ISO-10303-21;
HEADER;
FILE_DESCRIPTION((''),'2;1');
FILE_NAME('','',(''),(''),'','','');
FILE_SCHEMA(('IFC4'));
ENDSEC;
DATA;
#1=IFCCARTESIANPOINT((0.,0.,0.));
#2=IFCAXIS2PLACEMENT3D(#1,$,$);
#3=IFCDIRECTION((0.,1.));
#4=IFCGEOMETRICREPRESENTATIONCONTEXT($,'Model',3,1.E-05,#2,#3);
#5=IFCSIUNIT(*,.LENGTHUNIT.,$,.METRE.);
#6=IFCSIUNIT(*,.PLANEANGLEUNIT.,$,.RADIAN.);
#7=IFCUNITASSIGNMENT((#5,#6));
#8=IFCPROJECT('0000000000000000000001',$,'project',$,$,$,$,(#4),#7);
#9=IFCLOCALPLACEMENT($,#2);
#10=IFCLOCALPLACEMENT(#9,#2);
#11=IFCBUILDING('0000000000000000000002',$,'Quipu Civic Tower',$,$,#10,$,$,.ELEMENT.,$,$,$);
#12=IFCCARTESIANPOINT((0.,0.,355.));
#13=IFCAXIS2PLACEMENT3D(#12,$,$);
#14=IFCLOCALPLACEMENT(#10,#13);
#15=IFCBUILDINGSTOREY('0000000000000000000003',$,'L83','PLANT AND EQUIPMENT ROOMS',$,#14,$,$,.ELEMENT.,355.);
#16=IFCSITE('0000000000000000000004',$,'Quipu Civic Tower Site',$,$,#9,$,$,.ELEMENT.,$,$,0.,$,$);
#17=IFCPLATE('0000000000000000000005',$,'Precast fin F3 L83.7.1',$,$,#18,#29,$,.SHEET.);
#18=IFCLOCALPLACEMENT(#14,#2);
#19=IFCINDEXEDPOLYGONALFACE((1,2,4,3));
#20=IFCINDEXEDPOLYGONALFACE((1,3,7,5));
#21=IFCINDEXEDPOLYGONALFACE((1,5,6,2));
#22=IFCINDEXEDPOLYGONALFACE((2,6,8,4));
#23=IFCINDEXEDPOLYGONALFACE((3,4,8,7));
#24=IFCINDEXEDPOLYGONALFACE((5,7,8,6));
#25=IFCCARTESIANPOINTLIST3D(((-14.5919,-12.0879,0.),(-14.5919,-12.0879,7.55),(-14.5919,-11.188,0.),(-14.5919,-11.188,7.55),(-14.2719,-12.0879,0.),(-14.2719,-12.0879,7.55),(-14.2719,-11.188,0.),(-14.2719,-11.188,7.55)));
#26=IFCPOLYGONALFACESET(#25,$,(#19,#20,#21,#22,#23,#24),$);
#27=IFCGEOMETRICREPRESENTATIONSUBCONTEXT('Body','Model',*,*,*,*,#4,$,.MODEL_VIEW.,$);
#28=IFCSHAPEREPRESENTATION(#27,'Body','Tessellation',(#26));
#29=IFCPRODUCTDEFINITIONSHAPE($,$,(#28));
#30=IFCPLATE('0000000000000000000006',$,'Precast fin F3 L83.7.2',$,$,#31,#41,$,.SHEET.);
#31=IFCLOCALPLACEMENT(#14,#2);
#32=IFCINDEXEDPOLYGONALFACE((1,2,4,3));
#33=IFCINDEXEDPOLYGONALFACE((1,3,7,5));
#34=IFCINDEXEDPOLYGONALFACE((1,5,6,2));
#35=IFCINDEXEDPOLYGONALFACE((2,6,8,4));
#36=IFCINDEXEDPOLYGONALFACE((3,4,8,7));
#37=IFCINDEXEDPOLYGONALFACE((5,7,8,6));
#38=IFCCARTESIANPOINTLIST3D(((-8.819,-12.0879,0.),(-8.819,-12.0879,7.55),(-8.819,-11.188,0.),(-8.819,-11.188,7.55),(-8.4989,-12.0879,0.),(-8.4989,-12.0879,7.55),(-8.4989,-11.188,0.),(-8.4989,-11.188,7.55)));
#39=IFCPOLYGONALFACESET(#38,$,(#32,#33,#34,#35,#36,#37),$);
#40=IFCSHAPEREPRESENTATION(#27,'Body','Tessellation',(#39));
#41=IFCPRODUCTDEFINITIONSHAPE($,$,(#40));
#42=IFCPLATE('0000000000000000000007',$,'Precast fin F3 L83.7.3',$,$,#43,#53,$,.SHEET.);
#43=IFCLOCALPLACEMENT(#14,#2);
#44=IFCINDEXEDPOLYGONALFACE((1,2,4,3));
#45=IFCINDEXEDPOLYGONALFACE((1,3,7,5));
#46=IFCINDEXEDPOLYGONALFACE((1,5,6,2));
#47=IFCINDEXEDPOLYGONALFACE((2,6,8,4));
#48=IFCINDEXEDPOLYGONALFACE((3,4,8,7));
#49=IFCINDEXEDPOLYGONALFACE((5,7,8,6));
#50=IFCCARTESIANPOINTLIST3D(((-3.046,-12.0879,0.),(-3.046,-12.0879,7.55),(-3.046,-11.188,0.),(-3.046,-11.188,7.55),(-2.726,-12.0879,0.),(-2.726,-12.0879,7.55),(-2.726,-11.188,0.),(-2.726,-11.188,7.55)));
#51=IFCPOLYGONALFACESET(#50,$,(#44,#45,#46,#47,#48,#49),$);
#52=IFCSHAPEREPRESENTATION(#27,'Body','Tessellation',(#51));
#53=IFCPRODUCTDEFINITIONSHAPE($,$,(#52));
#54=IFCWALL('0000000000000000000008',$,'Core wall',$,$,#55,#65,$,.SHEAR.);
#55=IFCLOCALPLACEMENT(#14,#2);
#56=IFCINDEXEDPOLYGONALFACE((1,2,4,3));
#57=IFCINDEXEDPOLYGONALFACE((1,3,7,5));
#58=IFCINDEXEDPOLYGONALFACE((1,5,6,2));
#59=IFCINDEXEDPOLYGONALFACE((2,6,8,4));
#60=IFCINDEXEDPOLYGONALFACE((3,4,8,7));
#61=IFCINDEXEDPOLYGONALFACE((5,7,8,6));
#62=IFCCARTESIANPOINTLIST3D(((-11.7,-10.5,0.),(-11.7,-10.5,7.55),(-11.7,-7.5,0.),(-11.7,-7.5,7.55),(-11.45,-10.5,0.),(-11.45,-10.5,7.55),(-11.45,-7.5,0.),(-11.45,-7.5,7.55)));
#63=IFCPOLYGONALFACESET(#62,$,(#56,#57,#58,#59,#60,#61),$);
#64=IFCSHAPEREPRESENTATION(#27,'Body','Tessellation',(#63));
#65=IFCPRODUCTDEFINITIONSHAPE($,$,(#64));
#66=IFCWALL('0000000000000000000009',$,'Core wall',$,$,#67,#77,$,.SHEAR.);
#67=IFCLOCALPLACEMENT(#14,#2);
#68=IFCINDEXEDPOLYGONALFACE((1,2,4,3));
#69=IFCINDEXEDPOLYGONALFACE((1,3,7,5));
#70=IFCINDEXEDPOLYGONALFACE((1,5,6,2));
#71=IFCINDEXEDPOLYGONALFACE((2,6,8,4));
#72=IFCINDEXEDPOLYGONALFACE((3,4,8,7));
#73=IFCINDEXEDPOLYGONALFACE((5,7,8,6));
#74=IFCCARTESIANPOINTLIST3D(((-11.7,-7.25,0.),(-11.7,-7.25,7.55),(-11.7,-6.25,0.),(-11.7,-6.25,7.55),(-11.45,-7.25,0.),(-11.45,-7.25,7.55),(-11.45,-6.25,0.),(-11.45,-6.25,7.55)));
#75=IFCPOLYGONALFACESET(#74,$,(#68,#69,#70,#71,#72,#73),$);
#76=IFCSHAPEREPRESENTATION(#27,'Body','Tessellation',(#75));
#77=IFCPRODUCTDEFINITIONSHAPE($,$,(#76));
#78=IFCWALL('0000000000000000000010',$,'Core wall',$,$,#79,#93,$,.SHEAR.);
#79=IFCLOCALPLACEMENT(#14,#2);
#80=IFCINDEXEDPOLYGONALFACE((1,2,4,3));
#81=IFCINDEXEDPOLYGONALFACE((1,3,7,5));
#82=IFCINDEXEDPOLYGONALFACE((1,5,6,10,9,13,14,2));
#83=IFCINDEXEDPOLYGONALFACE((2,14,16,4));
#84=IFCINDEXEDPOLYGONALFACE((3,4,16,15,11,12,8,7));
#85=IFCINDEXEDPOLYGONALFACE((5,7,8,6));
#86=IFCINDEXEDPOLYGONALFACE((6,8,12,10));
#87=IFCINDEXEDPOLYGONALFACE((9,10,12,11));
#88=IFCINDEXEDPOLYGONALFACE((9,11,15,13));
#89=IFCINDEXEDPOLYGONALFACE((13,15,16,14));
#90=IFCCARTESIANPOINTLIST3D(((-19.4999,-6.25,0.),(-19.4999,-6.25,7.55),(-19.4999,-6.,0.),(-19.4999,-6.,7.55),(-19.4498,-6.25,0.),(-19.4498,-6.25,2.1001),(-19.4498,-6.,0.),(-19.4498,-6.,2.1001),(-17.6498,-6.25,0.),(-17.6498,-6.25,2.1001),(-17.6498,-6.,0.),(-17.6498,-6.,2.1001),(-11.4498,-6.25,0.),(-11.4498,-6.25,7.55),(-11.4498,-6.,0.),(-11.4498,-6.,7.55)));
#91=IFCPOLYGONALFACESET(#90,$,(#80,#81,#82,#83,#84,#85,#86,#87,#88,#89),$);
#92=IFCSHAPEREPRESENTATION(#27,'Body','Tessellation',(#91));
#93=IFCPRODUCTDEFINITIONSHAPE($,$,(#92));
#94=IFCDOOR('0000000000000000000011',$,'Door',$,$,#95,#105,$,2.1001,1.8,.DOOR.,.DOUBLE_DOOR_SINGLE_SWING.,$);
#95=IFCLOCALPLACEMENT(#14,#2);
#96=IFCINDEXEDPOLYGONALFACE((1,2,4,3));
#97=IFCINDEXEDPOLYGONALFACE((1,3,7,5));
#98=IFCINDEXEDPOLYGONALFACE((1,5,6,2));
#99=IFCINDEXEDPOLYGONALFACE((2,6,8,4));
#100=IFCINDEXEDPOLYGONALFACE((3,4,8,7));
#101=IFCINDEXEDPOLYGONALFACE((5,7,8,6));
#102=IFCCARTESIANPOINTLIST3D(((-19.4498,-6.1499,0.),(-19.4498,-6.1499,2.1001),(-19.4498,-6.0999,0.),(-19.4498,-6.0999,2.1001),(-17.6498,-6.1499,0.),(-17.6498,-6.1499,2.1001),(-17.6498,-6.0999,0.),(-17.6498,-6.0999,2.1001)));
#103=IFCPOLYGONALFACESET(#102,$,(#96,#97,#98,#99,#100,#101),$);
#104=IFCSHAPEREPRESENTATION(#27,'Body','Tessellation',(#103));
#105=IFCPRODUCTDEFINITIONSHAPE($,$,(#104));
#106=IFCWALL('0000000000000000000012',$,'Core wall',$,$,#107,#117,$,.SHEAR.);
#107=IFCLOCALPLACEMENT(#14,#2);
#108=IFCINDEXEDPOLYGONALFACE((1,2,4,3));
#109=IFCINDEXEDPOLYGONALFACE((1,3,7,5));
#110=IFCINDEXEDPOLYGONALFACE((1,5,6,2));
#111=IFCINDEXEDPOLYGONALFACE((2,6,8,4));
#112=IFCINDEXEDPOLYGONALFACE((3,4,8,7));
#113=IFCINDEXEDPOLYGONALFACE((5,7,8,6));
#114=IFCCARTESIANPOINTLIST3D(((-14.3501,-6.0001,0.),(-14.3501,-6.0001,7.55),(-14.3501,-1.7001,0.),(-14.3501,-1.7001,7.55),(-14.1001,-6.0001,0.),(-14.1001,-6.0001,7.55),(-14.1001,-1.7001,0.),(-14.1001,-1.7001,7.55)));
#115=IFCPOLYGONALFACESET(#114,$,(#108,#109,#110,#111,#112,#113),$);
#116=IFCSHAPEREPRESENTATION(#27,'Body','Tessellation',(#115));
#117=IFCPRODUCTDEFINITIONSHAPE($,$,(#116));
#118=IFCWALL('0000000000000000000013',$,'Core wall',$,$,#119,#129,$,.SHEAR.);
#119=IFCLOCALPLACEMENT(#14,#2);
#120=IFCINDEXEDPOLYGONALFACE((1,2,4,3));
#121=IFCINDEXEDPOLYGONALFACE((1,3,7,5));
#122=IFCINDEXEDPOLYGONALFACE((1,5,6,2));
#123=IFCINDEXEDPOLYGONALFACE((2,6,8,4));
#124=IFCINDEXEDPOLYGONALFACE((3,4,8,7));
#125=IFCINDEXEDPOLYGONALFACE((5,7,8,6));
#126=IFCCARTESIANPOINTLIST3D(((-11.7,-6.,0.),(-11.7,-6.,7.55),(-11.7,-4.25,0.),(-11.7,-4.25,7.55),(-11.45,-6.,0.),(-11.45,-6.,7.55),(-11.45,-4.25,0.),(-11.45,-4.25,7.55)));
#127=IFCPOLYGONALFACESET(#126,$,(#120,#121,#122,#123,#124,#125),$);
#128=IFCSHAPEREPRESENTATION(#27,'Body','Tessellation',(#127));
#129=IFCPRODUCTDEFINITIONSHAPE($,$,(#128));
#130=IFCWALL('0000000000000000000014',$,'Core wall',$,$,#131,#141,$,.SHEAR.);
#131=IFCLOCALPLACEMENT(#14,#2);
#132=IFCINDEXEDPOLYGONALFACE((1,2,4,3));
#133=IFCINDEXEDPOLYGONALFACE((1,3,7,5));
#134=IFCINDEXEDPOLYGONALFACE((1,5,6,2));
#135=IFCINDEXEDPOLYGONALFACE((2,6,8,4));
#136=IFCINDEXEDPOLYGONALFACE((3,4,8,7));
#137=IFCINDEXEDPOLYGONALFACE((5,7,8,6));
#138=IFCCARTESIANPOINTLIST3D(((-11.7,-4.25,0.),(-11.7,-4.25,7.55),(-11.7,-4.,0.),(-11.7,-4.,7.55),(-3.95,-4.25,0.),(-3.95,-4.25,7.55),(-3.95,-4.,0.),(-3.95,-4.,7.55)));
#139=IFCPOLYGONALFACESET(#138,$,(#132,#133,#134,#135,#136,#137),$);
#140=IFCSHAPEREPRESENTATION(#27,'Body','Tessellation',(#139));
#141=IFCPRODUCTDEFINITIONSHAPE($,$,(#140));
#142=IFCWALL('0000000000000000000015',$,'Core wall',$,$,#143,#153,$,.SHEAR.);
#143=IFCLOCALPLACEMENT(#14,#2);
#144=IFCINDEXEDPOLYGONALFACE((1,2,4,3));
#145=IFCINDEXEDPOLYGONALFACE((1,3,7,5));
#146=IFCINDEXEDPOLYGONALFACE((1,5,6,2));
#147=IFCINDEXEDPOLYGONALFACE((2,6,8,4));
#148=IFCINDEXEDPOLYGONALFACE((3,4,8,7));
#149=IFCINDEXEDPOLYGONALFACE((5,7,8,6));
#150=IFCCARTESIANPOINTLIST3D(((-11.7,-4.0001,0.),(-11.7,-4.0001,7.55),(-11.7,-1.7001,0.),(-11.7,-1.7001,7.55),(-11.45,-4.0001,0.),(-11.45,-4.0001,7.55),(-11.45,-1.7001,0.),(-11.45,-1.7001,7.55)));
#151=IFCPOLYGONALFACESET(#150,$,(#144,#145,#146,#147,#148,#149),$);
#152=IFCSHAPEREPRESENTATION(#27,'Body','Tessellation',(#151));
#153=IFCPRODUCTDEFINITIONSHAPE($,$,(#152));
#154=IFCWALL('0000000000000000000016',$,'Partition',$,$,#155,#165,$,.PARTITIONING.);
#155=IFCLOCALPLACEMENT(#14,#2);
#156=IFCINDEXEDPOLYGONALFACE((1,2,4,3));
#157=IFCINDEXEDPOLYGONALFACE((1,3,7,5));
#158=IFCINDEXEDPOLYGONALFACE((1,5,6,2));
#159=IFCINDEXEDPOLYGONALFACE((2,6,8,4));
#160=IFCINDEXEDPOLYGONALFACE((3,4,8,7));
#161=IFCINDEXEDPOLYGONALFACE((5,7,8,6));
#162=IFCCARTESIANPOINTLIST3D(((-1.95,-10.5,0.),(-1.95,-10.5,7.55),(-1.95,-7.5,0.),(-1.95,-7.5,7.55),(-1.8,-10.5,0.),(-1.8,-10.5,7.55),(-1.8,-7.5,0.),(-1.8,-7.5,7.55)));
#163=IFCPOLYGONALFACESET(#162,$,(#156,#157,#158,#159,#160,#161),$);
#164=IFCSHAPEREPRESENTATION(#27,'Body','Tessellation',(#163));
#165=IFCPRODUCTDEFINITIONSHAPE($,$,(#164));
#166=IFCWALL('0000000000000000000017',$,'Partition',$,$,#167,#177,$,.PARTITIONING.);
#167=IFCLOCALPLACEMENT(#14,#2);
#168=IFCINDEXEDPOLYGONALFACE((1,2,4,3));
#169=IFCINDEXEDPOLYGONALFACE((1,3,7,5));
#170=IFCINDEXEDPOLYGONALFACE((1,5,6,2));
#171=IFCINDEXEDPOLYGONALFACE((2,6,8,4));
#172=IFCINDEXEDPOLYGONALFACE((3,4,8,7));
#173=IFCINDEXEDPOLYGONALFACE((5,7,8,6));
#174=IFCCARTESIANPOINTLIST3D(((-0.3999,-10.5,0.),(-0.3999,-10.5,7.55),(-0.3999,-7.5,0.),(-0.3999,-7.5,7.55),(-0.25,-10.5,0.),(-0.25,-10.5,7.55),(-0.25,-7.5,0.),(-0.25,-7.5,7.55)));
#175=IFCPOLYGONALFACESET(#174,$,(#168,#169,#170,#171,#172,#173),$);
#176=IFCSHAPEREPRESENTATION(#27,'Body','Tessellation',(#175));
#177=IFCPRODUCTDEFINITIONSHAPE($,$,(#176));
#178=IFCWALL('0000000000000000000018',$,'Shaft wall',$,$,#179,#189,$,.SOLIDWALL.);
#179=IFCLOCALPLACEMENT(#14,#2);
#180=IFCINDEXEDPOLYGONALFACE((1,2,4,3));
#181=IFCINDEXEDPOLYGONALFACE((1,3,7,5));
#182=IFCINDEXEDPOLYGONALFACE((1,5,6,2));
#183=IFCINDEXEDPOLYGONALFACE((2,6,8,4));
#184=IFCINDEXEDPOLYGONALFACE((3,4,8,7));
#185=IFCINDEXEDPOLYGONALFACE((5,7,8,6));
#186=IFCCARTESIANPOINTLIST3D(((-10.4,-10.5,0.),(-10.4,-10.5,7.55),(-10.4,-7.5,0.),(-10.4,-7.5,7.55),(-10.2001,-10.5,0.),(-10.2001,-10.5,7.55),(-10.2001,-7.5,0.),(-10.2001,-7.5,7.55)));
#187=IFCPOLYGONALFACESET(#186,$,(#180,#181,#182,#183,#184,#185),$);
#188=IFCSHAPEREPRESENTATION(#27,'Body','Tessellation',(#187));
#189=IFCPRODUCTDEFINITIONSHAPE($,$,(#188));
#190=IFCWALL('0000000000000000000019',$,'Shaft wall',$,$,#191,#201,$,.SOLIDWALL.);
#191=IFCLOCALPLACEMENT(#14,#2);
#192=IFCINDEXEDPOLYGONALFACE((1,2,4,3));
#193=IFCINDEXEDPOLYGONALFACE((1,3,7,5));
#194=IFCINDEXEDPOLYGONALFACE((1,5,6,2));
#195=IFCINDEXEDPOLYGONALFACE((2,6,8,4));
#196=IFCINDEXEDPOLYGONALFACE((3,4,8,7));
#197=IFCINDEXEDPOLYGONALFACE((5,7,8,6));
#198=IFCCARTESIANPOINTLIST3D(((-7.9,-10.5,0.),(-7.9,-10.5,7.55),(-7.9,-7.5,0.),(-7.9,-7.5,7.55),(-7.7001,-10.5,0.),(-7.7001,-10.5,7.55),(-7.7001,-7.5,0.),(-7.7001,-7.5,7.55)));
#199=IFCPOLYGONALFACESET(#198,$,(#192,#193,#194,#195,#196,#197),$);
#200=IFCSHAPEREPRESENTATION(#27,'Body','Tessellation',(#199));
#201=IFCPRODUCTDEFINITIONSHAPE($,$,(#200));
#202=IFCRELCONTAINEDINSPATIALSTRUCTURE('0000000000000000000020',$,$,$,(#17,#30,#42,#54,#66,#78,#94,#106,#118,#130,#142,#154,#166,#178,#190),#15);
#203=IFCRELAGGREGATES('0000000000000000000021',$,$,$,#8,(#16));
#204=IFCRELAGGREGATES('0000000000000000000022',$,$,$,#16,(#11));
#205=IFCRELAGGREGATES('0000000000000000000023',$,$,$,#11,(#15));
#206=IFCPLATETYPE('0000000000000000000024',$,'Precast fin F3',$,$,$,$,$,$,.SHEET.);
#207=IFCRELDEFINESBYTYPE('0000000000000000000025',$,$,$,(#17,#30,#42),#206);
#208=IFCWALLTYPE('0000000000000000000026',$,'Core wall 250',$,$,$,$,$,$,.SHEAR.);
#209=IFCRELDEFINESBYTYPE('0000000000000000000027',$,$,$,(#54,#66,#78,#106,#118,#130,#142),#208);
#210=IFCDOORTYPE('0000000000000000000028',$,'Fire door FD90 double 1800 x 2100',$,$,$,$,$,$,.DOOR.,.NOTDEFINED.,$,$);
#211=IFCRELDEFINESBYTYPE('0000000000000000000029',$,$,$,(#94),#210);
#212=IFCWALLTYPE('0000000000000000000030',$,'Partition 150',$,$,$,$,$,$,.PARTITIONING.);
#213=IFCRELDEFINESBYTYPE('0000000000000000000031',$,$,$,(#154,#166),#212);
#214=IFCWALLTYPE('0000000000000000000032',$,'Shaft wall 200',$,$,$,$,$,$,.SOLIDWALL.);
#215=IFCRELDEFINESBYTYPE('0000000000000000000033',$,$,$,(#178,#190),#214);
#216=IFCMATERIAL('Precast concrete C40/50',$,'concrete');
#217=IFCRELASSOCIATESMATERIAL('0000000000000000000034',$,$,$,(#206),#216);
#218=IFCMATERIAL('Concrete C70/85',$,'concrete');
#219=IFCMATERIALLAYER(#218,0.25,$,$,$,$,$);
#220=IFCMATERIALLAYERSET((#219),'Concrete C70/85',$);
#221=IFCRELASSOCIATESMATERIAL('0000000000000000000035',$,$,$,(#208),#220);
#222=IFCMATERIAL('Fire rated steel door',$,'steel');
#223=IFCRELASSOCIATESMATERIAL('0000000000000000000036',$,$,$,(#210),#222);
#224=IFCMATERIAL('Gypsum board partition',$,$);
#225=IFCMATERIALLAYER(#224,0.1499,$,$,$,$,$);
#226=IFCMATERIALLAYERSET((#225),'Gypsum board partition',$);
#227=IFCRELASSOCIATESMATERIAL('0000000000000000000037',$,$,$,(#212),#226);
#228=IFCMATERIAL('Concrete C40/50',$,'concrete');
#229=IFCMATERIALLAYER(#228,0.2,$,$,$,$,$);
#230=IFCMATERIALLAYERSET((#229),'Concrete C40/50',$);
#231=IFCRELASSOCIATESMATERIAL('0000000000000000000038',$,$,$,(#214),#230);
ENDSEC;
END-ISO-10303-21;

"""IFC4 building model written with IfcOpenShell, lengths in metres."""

from ifc_helpers import new_model, si_unit, direction, frame, frame_2d, origin, origin_2d, place, context, subcontext, project, spatial, rectangle, extrude, material, layer, layer_set, type_object, element, fill, save


model = new_model("IFC4")

# Units and contexts
model_context = context("Model", 3, precision=1e-05, world=origin(), true_north=direction((0.0, 1.0)))
body_context = subcontext(model_context, "Body", "Model", "MODEL_VIEW")
ifc_project = project(units=[si_unit("LENGTHUNIT", "METRE"), si_unit("PLANEANGLEUNIT", "RADIAN")], contexts=[model_context])

# Site, building, storey
site_placement = place(None, origin())
site = spatial("IfcSite", under=ifc_project, at=site_placement, Name="Quipu Civic Tower Site", CompositionType="ELEMENT", RefElevation=0.0)
building_placement = place(site_placement, origin())
building = spatial("IfcBuilding", under=site, at=building_placement, Name="Quipu Civic Tower", CompositionType="ELEMENT")
storey_placement = place(building_placement, frame((0.0, 0.0, 355.0)))
storey = spatial("IfcBuildingStorey", under=building, at=storey_placement, Name="L83", Description="PLANT AND EQUIPMENT ROOMS", CompositionType="ELEMENT", Elevation=355.0)

# Plates
ifc_material_1 = material(Name="Precast concrete C40/50", Category="concrete")
plate_type = type_object("IfcPlateType", Name="Precast fin F3", PredefinedType="SHEET", material=ifc_material_1)
for number, where, z_axis, x_axis, name in (
    (1, (-14.4319, -11.6379, 0.0), (0.0, 0.0, 1.0), (1.0, 0.0, 0.0), "Precast fin F3 L83.7.1"),
    (2, (-8.6589, -11.6379, 0.0), (0.0, 0.0, 1.0), (1.0, 0.0, 0.0), "Precast fin F3 L83.7.2"),
    (3, (-2.886, -11.6379, 0.0), (0.0, 0.0, 1.0), (1.0, 0.0, 0.0), "Precast fin F3 L83.7.3"),
):
    element("IfcPlate", number, at=place(storey_placement, frame(where, z_axis=z_axis, x_axis=x_axis)), inside=storey, type_object=plate_type, Name=name, PredefinedType="SHEET", context=body_context, shape_type="SweptSolid", body=[
        extrude(rectangle(XDim=0.3201, YDim=0.8999, at=origin_2d()), origin(), (0.0, 0.0, 1.0), 7.55),
    ])

# Walls
ifc_material_2 = material(Name="Concrete C70/85", Category="concrete")
ifc_layer_1 = layer(ifc_material_2, 0.25)
ifc_layer_set_1 = layer_set([ifc_layer_1], Name="Concrete C70/85")
wall_type_1 = type_object("IfcWallType", Name="Core wall 250", PredefinedType="SHEAR", material=ifc_layer_set_1)
wall_1_placement = place(storey_placement, frame((-11.575, -10.5, 0.0), z_axis=(0.0, 0.0, 1.0), x_axis=(0.0, 1.0, 0.0)))
element("IfcWall", 4, at=wall_1_placement, inside=storey, type_object=wall_type_1, Name="Core wall", PredefinedType="SHEAR", context=body_context, shape_type="SweptSolid", body=[
    extrude(rectangle(XDim=3.0, YDim=0.25, at=frame_2d((1.5, 0.0))), origin(), (0.0, 0.0, 1.0), 7.55),
])
wall_2_placement = place(storey_placement, frame((-11.575, -7.25, 0.0), z_axis=(0.0, 0.0, 1.0), x_axis=(0.0, 1.0, 0.0)))
element("IfcWall", 5, at=wall_2_placement, inside=storey, type_object=wall_type_1, Name="Core wall", PredefinedType="SHEAR", context=body_context, shape_type="SweptSolid", body=[
    extrude(rectangle(XDim=1.0, YDim=0.25, at=frame_2d((0.5, 0.0))), origin(), (0.0, 0.0, 1.0), 7.55),
])

# Wall, opening, door
wall_3_placement = place(storey_placement, frame((-11.45, -6.125, 0.0), z_axis=(0.0, 0.0, 1.0), x_axis=(-1.0, 0.0, 0.0)))
wall_3 = element("IfcWall", 6, at=wall_3_placement, inside=storey, type_object=wall_type_1, Name="Core wall", PredefinedType="SHEAR", context=body_context, shape_type="SweptSolid", body=[
    extrude(rectangle(XDim=8.05, YDim=0.25, at=frame_2d((4.0249, 0.0))), origin(), (0.0, 0.0, 1.0), 7.55),
])
opening_placement = place(wall_3_placement, frame((6.2, 0.0, 0.0)))
opening = element("IfcOpeningElement", 7, at=opening_placement, cuts=wall_3, PredefinedType="OPENING", context=body_context, shape_type="SweptSolid", body=[
    extrude(rectangle(XDim=1.8, YDim=2.1001, at=frame_2d((0.8999, 1.05))), frame((0.0, 0.135, 0.0), z_axis=(0.0, -1.0, 0.0), x_axis=(1.0, 0.0, 0.0)), (0.0, 0.0, 1.0), 0.27),
])
ifc_material_3 = material(Name="Fire rated steel door", Category="steel")
door_type = type_object("IfcDoorType", Name="Fire door FD90 double 1800 x 2100", OperationType="NOTDEFINED", PredefinedType="DOOR", material=ifc_material_3)
door_placement = place(opening_placement, origin())
door = element("IfcDoor", 8, at=door_placement, inside=storey, type_object=door_type, Name="Door", OperationType="DOUBLE_DOOR_SINGLE_SWING", OverallHeight=2.1001, OverallWidth=1.8, PredefinedType="DOOR", context=body_context, shape_type="SweptSolid", body=[
    extrude(rectangle(XDim=1.8, YDim=2.1001, at=frame_2d((0.8999, 1.05))), frame((0.0, 0.0249, 0.0), z_axis=(0.0, -1.0, 0.0), x_axis=(1.0, 0.0, 0.0)), (0.0, 0.0, 1.0), 0.05),
])
fill(opening, door)

# Walls
wall_4_placement = place(storey_placement, frame((-14.2251, -6.0, 0.0), z_axis=(0.0, 0.0, 1.0), x_axis=(0.0, 1.0, 0.0)))
element("IfcWall", 9, at=wall_4_placement, inside=storey, type_object=wall_type_1, Name="Core wall", PredefinedType="SHEAR", context=body_context, shape_type="SweptSolid", body=[
    extrude(rectangle(XDim=4.3, YDim=0.25, at=frame_2d((2.1499, 0.0))), origin(), (0.0, 0.0, 1.0), 7.55),
])
wall_5_placement = place(storey_placement, frame((-11.575, -6.0, 0.0), z_axis=(0.0, 0.0, 1.0), x_axis=(0.0, 1.0, 0.0)))
element("IfcWall", 10, at=wall_5_placement, inside=storey, type_object=wall_type_1, Name="Core wall", PredefinedType="SHEAR", context=body_context, shape_type="SweptSolid", body=[
    extrude(rectangle(XDim=1.75, YDim=0.25, at=frame_2d((0.875, 0.0))), origin(), (0.0, 0.0, 1.0), 7.55),
])
wall_6_placement = place(storey_placement, frame((-11.7, -4.125, 0.0), z_axis=(0.0, 0.0, 1.0), x_axis=(1.0, 0.0, 0.0)))
element("IfcWall", 11, at=wall_6_placement, inside=storey, type_object=wall_type_1, Name="Core wall", PredefinedType="SHEAR", context=body_context, shape_type="SweptSolid", body=[
    extrude(rectangle(XDim=7.75, YDim=0.25, at=frame_2d((3.875, 0.0))), origin(), (0.0, 0.0, 1.0), 7.55),
])
wall_7_placement = place(storey_placement, frame((-11.575, -4.0, 0.0), z_axis=(0.0, 0.0, 1.0), x_axis=(0.0, 1.0, 0.0)))
element("IfcWall", 12, at=wall_7_placement, inside=storey, type_object=wall_type_1, Name="Core wall", PredefinedType="SHEAR", context=body_context, shape_type="SweptSolid", body=[
    extrude(rectangle(XDim=2.3, YDim=0.25, at=frame_2d((1.1499, 0.0))), origin(), (0.0, 0.0, 1.0), 7.55),
])
ifc_material_4 = material(Name="Gypsum board partition")
ifc_layer_2 = layer(ifc_material_4, 0.1499)
ifc_layer_set_2 = layer_set([ifc_layer_2], Name="Gypsum board partition")
wall_type_2 = type_object("IfcWallType", Name="Partition 150", PredefinedType="PARTITIONING", material=ifc_layer_set_2)
for number, where, z_axis, x_axis, name in (
    (13, (-1.875, -10.5, 0.0), (0.0, 0.0, 1.0), (0.0, 1.0, 0.0), "Partition"),
    (14, (-0.325, -10.5, 0.0), (0.0, 0.0, 1.0), (0.0, 1.0, 0.0), "Partition"),
):
    element("IfcWall", number, at=place(storey_placement, frame(where, z_axis=z_axis, x_axis=x_axis)), inside=storey, type_object=wall_type_2, Name=name, PredefinedType="PARTITIONING", context=body_context, shape_type="SweptSolid", body=[
        extrude(rectangle(XDim=3.0, YDim=0.1499, at=frame_2d((1.5, 0.0))), origin(), (0.0, 0.0, 1.0), 7.55),
    ])
ifc_material_5 = material(Name="Concrete C40/50", Category="concrete")
ifc_layer_3 = layer(ifc_material_5, 0.2)
ifc_layer_set_3 = layer_set([ifc_layer_3], Name="Concrete C40/50")
wall_type_3 = type_object("IfcWallType", Name="Shaft wall 200", PredefinedType="SOLIDWALL", material=ifc_layer_set_3)
for number, where, z_axis, x_axis, name in (
    (15, (-10.3, -10.5, 0.0), (0.0, 0.0, 1.0), (0.0, 1.0, 0.0), "Shaft wall"),
    (16, (-7.8, -10.5, 0.0), (0.0, 0.0, 1.0), (0.0, 1.0, 0.0), "Shaft wall"),
):
    element("IfcWall", number, at=place(storey_placement, frame(where, z_axis=z_axis, x_axis=x_axis)), inside=storey, type_object=wall_type_3, Name=name, PredefinedType="SOLIDWALL", context=body_context, shape_type="SweptSolid", body=[
        extrude(rectangle(XDim=3.0, YDim=0.2, at=frame_2d((1.5, 0.0))), origin(), (0.0, 0.0, 1.0), 7.55),
    ])

save(model, "model.ifc")
